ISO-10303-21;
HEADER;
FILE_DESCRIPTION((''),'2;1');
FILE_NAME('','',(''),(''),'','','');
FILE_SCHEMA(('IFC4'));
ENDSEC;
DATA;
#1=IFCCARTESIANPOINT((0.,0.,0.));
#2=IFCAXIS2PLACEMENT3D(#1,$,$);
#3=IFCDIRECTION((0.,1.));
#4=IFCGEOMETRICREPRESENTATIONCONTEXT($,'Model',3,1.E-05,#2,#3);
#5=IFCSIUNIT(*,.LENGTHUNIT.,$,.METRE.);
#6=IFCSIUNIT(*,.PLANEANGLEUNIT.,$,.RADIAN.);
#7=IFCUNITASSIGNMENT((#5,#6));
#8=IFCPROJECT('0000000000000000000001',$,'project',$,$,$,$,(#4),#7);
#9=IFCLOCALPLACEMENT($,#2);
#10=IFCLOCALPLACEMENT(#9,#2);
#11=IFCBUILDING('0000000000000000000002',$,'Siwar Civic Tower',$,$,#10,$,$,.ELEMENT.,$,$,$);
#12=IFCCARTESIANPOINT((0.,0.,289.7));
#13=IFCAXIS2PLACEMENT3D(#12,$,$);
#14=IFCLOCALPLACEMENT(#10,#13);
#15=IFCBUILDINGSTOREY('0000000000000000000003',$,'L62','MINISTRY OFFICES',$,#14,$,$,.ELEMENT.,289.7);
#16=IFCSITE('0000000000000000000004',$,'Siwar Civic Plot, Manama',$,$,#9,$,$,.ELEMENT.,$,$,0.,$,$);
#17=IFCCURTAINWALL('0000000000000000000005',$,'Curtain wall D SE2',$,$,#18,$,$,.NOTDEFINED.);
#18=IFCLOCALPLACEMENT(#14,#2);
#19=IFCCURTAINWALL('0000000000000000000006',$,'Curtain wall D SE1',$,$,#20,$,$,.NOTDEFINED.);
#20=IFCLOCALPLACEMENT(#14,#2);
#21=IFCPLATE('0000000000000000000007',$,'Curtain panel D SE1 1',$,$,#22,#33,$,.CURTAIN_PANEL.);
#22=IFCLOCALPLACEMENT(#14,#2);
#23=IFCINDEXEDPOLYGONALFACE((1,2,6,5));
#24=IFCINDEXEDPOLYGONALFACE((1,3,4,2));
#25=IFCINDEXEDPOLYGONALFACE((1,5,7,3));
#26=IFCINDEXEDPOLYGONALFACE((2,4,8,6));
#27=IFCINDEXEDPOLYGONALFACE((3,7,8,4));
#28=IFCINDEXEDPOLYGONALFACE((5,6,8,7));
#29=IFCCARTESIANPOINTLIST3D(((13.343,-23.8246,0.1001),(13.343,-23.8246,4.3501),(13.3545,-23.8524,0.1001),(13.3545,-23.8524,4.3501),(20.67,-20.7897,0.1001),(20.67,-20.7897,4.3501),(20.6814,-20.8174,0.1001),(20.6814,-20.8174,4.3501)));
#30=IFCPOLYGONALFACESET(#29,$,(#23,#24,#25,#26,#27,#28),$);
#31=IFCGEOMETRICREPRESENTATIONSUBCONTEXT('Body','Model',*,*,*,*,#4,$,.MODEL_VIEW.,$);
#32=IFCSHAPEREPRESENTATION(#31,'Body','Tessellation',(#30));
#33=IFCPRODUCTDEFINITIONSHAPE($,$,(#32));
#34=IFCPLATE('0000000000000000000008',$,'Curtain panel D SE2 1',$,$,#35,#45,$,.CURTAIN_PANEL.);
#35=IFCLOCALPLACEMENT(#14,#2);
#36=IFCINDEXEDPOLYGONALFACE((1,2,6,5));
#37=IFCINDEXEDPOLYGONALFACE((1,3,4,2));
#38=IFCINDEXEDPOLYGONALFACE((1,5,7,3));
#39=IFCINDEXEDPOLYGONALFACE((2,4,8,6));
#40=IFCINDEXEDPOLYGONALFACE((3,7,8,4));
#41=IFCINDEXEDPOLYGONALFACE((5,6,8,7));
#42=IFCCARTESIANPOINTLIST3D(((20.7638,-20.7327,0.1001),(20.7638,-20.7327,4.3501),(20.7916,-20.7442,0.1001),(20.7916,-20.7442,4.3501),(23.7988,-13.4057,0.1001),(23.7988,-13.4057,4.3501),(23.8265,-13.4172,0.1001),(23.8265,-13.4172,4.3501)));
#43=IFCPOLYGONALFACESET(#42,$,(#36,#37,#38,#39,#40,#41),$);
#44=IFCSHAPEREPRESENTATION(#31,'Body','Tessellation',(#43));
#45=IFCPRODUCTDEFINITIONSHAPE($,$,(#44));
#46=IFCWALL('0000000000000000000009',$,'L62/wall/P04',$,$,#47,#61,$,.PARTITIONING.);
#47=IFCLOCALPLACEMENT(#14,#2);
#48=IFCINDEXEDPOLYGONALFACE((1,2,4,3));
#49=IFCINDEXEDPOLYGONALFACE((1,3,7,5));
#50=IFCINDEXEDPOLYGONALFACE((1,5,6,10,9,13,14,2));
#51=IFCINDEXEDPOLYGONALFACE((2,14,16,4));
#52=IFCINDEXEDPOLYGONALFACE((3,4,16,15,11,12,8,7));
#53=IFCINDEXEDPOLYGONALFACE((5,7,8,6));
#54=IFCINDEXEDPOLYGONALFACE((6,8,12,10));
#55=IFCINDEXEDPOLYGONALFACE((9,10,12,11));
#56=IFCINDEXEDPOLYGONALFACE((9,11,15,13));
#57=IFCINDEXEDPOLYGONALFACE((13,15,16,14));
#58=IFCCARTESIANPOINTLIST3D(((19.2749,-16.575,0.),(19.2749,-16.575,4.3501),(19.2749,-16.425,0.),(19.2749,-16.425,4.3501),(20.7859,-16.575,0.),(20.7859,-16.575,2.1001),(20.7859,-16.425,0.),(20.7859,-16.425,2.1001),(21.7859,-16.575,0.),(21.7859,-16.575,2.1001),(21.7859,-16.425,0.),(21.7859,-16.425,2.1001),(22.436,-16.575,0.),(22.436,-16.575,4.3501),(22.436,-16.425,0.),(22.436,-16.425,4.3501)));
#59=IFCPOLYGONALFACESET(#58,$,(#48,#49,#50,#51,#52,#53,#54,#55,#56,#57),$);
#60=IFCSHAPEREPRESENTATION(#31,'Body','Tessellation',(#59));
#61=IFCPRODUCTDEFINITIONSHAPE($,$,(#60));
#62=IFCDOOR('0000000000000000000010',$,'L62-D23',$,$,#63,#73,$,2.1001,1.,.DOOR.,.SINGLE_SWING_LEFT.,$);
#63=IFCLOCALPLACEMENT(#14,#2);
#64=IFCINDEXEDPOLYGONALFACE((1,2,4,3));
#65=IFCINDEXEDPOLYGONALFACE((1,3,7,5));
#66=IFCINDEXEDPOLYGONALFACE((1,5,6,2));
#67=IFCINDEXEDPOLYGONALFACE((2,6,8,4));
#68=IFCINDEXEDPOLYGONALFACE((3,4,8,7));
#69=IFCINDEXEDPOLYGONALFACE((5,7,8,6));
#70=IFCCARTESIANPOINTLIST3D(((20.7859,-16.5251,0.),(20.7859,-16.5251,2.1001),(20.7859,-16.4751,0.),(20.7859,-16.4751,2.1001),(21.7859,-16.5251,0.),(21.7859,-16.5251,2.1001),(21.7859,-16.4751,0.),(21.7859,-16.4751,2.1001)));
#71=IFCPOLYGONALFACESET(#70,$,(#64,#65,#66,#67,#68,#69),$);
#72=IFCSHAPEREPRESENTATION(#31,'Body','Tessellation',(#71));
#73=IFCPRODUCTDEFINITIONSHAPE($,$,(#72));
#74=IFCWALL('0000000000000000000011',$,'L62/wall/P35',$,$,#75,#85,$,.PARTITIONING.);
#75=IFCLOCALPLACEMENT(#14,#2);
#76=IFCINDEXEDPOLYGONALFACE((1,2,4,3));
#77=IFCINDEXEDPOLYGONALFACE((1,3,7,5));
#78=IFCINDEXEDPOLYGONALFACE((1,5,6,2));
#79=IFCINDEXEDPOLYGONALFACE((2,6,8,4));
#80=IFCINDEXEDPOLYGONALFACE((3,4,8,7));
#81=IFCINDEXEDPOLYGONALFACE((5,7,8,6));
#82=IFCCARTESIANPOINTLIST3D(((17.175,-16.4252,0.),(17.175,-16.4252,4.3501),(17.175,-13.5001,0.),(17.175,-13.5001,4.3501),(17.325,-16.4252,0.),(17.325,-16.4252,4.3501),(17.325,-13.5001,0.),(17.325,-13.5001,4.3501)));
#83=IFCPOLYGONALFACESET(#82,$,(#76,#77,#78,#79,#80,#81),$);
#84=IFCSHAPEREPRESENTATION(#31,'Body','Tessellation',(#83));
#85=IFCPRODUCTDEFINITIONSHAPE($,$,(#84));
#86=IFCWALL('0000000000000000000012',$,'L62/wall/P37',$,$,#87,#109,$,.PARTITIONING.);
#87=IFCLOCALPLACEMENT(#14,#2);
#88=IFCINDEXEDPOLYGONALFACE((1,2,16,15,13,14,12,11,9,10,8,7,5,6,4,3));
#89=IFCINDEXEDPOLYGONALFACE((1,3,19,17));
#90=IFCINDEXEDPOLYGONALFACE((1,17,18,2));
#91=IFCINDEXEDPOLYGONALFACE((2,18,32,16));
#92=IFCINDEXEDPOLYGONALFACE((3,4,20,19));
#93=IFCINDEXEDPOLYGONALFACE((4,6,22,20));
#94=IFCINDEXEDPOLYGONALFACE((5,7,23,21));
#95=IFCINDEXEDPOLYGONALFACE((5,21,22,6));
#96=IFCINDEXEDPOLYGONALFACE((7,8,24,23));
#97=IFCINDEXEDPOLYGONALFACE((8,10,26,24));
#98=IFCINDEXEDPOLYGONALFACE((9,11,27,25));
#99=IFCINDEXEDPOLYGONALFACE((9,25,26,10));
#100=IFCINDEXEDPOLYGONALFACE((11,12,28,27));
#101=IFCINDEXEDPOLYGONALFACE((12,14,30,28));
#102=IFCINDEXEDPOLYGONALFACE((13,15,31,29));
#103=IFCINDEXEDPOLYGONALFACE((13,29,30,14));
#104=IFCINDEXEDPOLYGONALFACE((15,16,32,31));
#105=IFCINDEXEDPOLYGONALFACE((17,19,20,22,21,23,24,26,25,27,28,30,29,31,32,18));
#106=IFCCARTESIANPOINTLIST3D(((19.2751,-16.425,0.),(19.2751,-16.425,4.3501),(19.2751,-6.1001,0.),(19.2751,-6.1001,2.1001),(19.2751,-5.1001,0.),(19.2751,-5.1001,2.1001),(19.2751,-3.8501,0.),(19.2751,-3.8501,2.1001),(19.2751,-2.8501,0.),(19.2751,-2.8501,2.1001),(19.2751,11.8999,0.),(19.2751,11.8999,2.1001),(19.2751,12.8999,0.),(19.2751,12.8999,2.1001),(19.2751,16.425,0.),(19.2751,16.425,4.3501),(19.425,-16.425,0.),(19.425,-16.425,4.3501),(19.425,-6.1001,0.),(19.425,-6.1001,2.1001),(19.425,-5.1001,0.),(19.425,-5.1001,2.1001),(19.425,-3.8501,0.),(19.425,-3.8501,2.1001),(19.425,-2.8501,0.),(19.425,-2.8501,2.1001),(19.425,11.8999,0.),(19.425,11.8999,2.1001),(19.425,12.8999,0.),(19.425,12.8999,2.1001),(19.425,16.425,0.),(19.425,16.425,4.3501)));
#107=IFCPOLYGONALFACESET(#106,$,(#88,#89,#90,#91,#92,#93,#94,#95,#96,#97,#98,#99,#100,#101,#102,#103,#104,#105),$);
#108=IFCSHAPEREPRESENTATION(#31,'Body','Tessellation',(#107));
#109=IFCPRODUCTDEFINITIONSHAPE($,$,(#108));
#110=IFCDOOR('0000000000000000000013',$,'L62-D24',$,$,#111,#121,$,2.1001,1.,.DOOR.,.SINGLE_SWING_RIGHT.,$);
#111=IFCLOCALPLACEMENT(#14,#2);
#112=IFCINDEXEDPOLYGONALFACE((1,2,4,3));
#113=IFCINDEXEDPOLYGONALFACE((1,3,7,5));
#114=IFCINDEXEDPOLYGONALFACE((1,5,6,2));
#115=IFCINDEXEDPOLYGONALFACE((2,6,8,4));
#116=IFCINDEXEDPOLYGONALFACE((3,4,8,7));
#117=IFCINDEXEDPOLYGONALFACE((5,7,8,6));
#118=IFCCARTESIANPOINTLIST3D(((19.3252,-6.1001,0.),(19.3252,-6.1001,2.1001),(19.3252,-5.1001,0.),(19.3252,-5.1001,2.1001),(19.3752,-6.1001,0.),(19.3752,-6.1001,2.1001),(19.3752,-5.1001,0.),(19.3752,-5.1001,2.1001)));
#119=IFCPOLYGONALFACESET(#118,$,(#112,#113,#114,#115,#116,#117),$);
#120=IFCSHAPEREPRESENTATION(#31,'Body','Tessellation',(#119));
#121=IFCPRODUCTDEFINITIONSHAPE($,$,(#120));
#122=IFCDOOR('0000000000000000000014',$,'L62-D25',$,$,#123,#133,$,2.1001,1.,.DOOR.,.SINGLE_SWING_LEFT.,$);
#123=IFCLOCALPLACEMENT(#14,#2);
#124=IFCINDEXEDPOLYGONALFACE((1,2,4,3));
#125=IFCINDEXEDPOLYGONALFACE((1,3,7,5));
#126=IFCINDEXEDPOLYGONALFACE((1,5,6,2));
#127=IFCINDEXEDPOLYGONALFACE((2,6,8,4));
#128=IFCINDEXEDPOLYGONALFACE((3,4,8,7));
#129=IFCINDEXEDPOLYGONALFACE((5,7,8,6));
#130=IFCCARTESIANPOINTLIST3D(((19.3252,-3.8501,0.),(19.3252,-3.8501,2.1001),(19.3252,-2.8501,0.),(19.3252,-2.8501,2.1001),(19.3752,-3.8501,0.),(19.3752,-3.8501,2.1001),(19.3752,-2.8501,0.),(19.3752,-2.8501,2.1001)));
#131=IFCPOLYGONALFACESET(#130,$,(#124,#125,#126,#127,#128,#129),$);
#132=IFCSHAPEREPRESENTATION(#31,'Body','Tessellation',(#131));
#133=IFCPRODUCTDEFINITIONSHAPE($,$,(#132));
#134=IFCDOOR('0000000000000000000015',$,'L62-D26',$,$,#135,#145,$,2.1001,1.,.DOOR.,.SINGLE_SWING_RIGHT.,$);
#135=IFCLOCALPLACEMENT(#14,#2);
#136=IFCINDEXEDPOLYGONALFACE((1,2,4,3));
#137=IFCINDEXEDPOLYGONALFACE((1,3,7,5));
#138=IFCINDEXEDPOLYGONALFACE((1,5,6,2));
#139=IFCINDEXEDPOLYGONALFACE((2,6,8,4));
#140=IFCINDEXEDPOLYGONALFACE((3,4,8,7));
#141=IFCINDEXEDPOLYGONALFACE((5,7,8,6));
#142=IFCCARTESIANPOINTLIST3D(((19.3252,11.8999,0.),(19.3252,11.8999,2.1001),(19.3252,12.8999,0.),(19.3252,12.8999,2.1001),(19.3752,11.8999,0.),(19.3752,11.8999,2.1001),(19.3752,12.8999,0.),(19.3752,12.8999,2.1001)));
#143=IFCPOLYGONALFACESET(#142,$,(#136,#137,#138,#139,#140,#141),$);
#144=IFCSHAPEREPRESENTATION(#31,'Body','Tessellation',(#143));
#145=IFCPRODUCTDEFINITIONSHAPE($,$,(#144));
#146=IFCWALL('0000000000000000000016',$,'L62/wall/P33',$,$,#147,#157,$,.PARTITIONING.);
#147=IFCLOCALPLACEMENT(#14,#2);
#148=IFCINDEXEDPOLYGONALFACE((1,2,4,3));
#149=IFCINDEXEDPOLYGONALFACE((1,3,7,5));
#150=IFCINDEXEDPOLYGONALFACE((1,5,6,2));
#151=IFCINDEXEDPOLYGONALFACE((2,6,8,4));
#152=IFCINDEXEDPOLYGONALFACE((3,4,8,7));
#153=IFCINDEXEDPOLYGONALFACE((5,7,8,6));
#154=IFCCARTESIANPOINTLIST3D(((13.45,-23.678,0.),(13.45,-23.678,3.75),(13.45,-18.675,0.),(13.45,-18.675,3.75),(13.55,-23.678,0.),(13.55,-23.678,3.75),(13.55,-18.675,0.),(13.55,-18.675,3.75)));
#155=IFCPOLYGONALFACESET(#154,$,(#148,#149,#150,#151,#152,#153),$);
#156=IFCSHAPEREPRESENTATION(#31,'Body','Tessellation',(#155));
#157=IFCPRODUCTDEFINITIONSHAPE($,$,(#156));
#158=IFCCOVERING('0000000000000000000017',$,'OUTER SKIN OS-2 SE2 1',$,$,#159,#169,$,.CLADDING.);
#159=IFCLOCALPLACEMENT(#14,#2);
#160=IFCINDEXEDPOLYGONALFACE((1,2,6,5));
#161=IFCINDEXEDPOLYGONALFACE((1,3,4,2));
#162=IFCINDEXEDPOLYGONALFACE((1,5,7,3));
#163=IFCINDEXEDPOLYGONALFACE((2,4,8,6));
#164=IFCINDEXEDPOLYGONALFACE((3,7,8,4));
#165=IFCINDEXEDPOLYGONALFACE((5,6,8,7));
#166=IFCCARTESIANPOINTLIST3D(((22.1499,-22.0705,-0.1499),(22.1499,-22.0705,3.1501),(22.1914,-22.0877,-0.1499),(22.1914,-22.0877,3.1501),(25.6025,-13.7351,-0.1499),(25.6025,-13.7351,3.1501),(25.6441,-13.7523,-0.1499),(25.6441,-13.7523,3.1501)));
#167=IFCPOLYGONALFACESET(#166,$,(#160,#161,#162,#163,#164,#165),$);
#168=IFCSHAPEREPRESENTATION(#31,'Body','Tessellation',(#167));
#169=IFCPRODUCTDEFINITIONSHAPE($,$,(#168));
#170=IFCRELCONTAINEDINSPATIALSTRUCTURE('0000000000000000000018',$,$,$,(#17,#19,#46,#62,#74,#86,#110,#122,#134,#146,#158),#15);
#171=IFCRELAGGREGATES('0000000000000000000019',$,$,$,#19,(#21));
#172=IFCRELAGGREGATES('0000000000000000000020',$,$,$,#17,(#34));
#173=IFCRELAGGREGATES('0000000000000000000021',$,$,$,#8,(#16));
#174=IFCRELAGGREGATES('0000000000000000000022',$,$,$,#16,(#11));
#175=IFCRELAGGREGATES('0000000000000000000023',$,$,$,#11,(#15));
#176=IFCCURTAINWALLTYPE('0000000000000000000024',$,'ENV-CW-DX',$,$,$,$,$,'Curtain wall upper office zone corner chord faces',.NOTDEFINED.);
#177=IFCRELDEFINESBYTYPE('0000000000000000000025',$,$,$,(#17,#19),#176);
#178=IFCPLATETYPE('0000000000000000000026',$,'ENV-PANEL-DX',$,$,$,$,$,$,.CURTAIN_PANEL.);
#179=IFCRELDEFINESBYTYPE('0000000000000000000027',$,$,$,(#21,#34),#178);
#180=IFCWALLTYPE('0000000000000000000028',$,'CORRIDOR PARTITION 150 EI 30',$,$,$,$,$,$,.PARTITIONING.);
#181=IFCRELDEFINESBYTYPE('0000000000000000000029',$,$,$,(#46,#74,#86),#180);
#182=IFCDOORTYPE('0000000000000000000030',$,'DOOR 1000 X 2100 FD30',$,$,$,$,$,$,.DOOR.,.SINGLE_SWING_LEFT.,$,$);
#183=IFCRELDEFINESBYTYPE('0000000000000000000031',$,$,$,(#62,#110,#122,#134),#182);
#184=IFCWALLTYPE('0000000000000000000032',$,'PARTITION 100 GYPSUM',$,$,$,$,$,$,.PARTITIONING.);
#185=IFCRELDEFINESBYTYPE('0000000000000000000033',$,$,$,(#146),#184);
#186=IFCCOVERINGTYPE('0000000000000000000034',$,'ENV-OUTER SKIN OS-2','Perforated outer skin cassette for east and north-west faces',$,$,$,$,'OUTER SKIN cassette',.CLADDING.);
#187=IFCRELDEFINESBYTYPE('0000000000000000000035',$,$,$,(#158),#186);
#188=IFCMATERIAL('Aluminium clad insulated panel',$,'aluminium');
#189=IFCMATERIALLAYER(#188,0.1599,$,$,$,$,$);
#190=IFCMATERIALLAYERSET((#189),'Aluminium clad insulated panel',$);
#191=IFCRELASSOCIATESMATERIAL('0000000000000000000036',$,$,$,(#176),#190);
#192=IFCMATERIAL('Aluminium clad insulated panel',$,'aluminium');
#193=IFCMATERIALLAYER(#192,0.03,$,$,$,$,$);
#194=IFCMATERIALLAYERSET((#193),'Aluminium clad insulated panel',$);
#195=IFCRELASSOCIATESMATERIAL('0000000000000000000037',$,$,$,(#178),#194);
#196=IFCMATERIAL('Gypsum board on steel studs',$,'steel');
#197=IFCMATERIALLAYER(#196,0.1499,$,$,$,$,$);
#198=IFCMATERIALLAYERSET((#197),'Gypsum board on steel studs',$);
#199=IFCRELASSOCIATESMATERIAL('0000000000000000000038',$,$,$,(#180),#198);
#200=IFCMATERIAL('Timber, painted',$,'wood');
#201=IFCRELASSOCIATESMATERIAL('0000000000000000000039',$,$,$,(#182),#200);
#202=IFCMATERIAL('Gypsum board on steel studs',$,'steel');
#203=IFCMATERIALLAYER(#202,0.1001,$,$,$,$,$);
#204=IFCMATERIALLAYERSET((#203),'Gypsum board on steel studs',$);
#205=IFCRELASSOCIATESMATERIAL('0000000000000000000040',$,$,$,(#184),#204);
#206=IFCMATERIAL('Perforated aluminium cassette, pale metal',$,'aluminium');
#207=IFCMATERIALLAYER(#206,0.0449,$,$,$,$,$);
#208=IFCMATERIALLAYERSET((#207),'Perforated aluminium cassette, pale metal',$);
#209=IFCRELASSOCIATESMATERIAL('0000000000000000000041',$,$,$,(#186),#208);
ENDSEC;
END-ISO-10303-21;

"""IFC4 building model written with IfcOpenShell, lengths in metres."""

from ifc_helpers import new_model, si_unit, direction, frame, frame_2d, origin, origin_2d, place, context, subcontext, project, spatial, rectangle, extrude, material, layer, layer_set, type_object, element, fill, aggregate, save


model = new_model("IFC4")

# Units and contexts
model_context = context("Model", 3, precision=1e-05, world=origin(), true_north=direction((0.0, 1.0)))
body_context = subcontext(model_context, "Body", "Model", "MODEL_VIEW")
ifc_project = project(units=[si_unit("LENGTHUNIT", "METRE"), si_unit("PLANEANGLEUNIT", "RADIAN")], contexts=[model_context])

# Site, building, storey
site_placement = place(None, origin())
site = spatial("IfcSite", under=ifc_project, at=site_placement, Name="Siwar Civic Plot, Manama", CompositionType="ELEMENT", RefElevation=0.0)
building_placement = place(site_placement, origin())
building = spatial("IfcBuilding", under=site, at=building_placement, Name="Siwar Civic Tower", CompositionType="ELEMENT")
storey_placement = place(building_placement, frame((0.0, 0.0, 289.7)))
storey = spatial("IfcBuildingStorey", under=building, at=storey_placement, Name="L62", Description="MINISTRY OFFICES", CompositionType="ELEMENT", Elevation=289.7)

# Curtain wall
ifc_material_1 = material(Name="Aluminium clad insulated panel", Category="aluminium")
ifc_layer_1 = layer(ifc_material_1, 0.1599)
ifc_layer_set_1 = layer_set([ifc_layer_1], Name="Aluminium clad insulated panel")
curtain_wall_type = type_object("IfcCurtainWallType", Name="ENV-CW-DX", ElementType="Curtain wall upper office zone corner chord faces", PredefinedType="NOTDEFINED", material=ifc_layer_set_1)
curtain_wall_1_placement = place(storey_placement, origin())
curtain_wall_1 = element("IfcCurtainWall", 1, at=curtain_wall_1_placement, inside=storey, type_object=curtain_wall_type, Name="Curtain wall D SE2", PredefinedType="NOTDEFINED")

# Curtain wall, plate
curtain_wall_2_placement = place(storey_placement, origin())
curtain_wall_2 = element("IfcCurtainWall", 2, at=curtain_wall_2_placement, inside=storey, type_object=curtain_wall_type, Name="Curtain wall D SE1", PredefinedType="NOTDEFINED")
ifc_material_2 = material(Name="Aluminium clad insulated panel", Category="aluminium")
ifc_layer_2 = layer(ifc_material_2, 0.03)
ifc_layer_set_2 = layer_set([ifc_layer_2], Name="Aluminium clad insulated panel")
plate_type = type_object("IfcPlateType", Name="ENV-PANEL-DX", PredefinedType="CURTAIN_PANEL", material=ifc_layer_set_2)
plate_1_placement = place(storey_placement, frame((17.0122, -22.321, 0.1001), z_axis=(0.0, 0.0, 1.0), x_axis=(0.92388, 0.382683, 0.0)))
plate_1 = element("IfcPlate", 3, at=plate_1_placement, type_object=plate_type, Name="Curtain panel D SE1 1", PredefinedType="CURTAIN_PANEL", context=body_context, shape_type="SweptSolid", body=[
    extrude(rectangle(XDim=7.9307, YDim=0.03, at=origin_2d()), origin(), (0.0, 0.0, 1.0), 4.25),
])
aggregate(curtain_wall_2, [plate_1])

# Plate
plate_2_placement = place(storey_placement, frame((22.2952, -17.075, 0.1001), z_axis=(0.0, 0.0, 1.0), x_axis=(0.382683, 0.92388, 0.0)))
plate_2 = element("IfcPlate", 4, at=plate_2_placement, type_object=plate_type, Name="Curtain panel D SE2 1", PredefinedType="CURTAIN_PANEL", context=body_context, shape_type="SweptSolid", body=[
    extrude(rectangle(XDim=7.9307, YDim=0.03, at=origin_2d()), origin(), (0.0, 0.0, 1.0), 4.25),
])
aggregate(curtain_wall_1, [plate_2])

# Wall, opening, door
ifc_material_3 = material(Name="Gypsum board on steel studs", Category="steel")
ifc_layer_3 = layer(ifc_material_3, 0.1499)
ifc_layer_set_3 = layer_set([ifc_layer_3], Name="Gypsum board on steel studs")
wall_type_1 = type_object("IfcWallType", Name="CORRIDOR PARTITION 150 EI 30", PredefinedType="PARTITIONING", material=ifc_layer_set_3)
wall_1_placement = place(storey_placement, frame((19.2749, -16.5, 0.0), z_axis=(0.0, 0.0, 1.0), x_axis=(1.0, 0.0, 0.0)))
wall_1 = element("IfcWall", 5, at=wall_1_placement, inside=storey, type_object=wall_type_1, Name="L62/wall/P04", PredefinedType="PARTITIONING", context=body_context, shape_type="SweptSolid", body=[
    extrude(rectangle(XDim=3.1611, YDim=0.1499, at=frame_2d((1.5806, 0.0))), origin(), (0.0, 0.0, 1.0), 4.3501),
])
opening_1_placement = place(wall_1_placement, frame((1.511, 0.0, 0.0)))
opening_1 = element("IfcOpeningElement", 6, at=opening_1_placement, cuts=wall_1, PredefinedType="OPENING", context=body_context, shape_type="SweptSolid", body=[
    extrude(rectangle(XDim=1.0, YDim=2.1001, at=frame_2d((0.5, 1.05))), frame((0.0, 0.085, 0.0), z_axis=(0.0, -1.0, 0.0), x_axis=(1.0, 0.0, 0.0)), (0.0, 0.0, 1.0), 0.1699),
])
ifc_material_4 = material(Name="Timber, painted", Category="wood")
door_type = type_object("IfcDoorType", Name="DOOR 1000 X 2100 FD30", OperationType="SINGLE_SWING_LEFT", PredefinedType="DOOR", material=ifc_material_4)
door_1_placement = place(opening_1_placement, origin())
door_1 = element("IfcDoor", 7, at=door_1_placement, inside=storey, type_object=door_type, Name="L62-D23", OperationType="SINGLE_SWING_LEFT", OverallHeight=2.1001, OverallWidth=1.0, PredefinedType="DOOR", context=body_context, shape_type="SweptSolid", body=[
    extrude(rectangle(XDim=1.0, YDim=2.1001, at=frame_2d((0.5, 1.05))), frame((0.0, 0.0249, 0.0), z_axis=(0.0, -1.0, 0.0), x_axis=(1.0, 0.0, 0.0)), (0.0, 0.0, 1.0), 0.05),
])
fill(opening_1, door_1)

# Wall
wall_2_placement = place(storey_placement, frame((17.25, -16.425, 0.0), z_axis=(0.0, 0.0, 1.0), x_axis=(0.0, 1.0, 0.0)))
element("IfcWall", 8, at=wall_2_placement, inside=storey, type_object=wall_type_1, Name="L62/wall/P35", PredefinedType="PARTITIONING", context=body_context, shape_type="SweptSolid", body=[
    extrude(rectangle(XDim=2.925, YDim=0.1499, at=frame_2d((1.4624, 0.0))), origin(), (0.0, 0.0, 1.0), 4.3501),
])

# Wall, openings, doors
wall_3_placement = place(storey_placement, frame((19.3501, -16.425, 0.0), z_axis=(0.0, 0.0, 1.0), x_axis=(0.0, 1.0, 0.0)))
wall_3 = element("IfcWall", 9, at=wall_3_placement, inside=storey, type_object=wall_type_1, Name="L62/wall/P37", PredefinedType="PARTITIONING", context=body_context, shape_type="SweptSolid", body=[
    extrude(rectangle(XDim=32.8501, YDim=0.1499, at=frame_2d((16.425, 0.0))), origin(), (0.0, 0.0, 1.0), 4.3501),
])
opening_2_placement = place(wall_3_placement, frame((10.325, 0.0, 0.0)))
opening_2 = element("IfcOpeningElement", 10, at=opening_2_placement, cuts=wall_3, PredefinedType="OPENING", context=body_context, shape_type="SweptSolid", body=[
    extrude(rectangle(XDim=1.0, YDim=2.1001, at=frame_2d((0.5, 1.05))), frame((0.0, 0.085, 0.0), z_axis=(0.0, -1.0, 0.0), x_axis=(1.0, 0.0, 0.0)), (0.0, 0.0, 1.0), 0.1699),
])
opening_3_placement = place(wall_3_placement, frame((12.575, 0.0, 0.0)))
opening_3 = element("IfcOpeningElement", 11, at=opening_3_placement, cuts=wall_3, PredefinedType="OPENING", context=body_context, shape_type="SweptSolid", body=[
    extrude(rectangle(XDim=1.0, YDim=2.1001, at=frame_2d((0.5, 1.05))), frame((0.0, 0.085, 0.0), z_axis=(0.0, -1.0, 0.0), x_axis=(1.0, 0.0, 0.0)), (0.0, 0.0, 1.0), 0.1699),
])
opening_4_placement = place(wall_3_placement, frame((28.325, 0.0, 0.0)))
opening_4 = element("IfcOpeningElement", 12, at=opening_4_placement, cuts=wall_3, PredefinedType="OPENING", context=body_context, shape_type="SweptSolid", body=[
    extrude(rectangle(XDim=1.0, YDim=2.1001, at=frame_2d((0.5, 1.05))), frame((0.0, 0.085, 0.0), z_axis=(0.0, -1.0, 0.0), x_axis=(1.0, 0.0, 0.0)), (0.0, 0.0, 1.0), 0.1699),
])
door_2_placement = place(opening_2_placement, origin())
door_2 = element("IfcDoor", 13, at=door_2_placement, inside=storey, type_object=door_type, Name="L62-D24", OperationType="SINGLE_SWING_RIGHT", OverallHeight=2.1001, OverallWidth=1.0, PredefinedType="DOOR", context=body_context, shape_type="SweptSolid", body=[
    extrude(rectangle(XDim=1.0, YDim=2.1001, at=frame_2d((0.5, 1.05))), frame((0.0, 0.0249, 0.0), z_axis=(0.0, -1.0, 0.0), x_axis=(1.0, 0.0, 0.0)), (0.0, 0.0, 1.0), 0.05),
])
fill(opening_2, door_2)
door_3_placement = place(opening_3_placement, origin())
door_3 = element("IfcDoor", 14, at=door_3_placement, inside=storey, type_object=door_type, Name="L62-D25", OperationType="SINGLE_SWING_LEFT", OverallHeight=2.1001, OverallWidth=1.0, PredefinedType="DOOR", context=body_context, shape_type="SweptSolid", body=[
    extrude(rectangle(XDim=1.0, YDim=2.1001, at=frame_2d((0.5, 1.05))), frame((0.0, 0.0249, 0.0), z_axis=(0.0, -1.0, 0.0), x_axis=(1.0, 0.0, 0.0)), (0.0, 0.0, 1.0), 0.05),
])
fill(opening_3, door_3)
door_4_placement = place(opening_4_placement, origin())
door_4 = element("IfcDoor", 15, at=door_4_placement, inside=storey, type_object=door_type, Name="L62-D26", OperationType="SINGLE_SWING_RIGHT", OverallHeight=2.1001, OverallWidth=1.0, PredefinedType="DOOR", context=body_context, shape_type="SweptSolid", body=[
    extrude(rectangle(XDim=1.0, YDim=2.1001, at=frame_2d((0.5, 1.05))), frame((0.0, 0.0249, 0.0), z_axis=(0.0, -1.0, 0.0), x_axis=(1.0, 0.0, 0.0)), (0.0, 0.0, 1.0), 0.05),
])
fill(opening_4, door_4)

# Wall
ifc_material_5 = material(Name="Gypsum board on steel studs", Category="steel")
ifc_layer_4 = layer(ifc_material_5, 0.1001)
ifc_layer_set_4 = layer_set([ifc_layer_4], Name="Gypsum board on steel studs")
wall_type_2 = type_object("IfcWallType", Name="PARTITION 100 GYPSUM", PredefinedType="PARTITIONING", material=ifc_layer_set_4)
wall_4_placement = place(storey_placement, frame((13.5, -23.678, 0.0), z_axis=(0.0, 0.0, 1.0), x_axis=(0.0, 1.0, 0.0)))
element("IfcWall", 16, at=wall_4_placement, inside=storey, type_object=wall_type_2, Name="L62/wall/P33", PredefinedType="PARTITIONING", context=body_context, shape_type="SweptSolid", body=[
    extrude(rectangle(XDim=5.0029, YDim=0.1001, at=frame_2d((2.5015, 0.0))), origin(), (0.0, 0.0, 1.0), 3.75),
])

# Covering
ifc_material_6 = material(Name="Perforated aluminium cassette, pale metal", Category="aluminium")
ifc_layer_5 = layer(ifc_material_6, 0.0449)
ifc_layer_set_5 = layer_set([ifc_layer_5], Name="Perforated aluminium cassette, pale metal")
covering_type_1 = type_object("IfcCoveringType", Name="ENV-OUTER SKIN OS-2", Description="Perforated outer skin cassette for east and north-west faces", ElementType="OUTER SKIN cassette", PredefinedType="CLADDING", material=ifc_layer_set_5)
covering_1_placement = place(storey_placement, frame((23.897, -17.9114, -0.1499), z_axis=(0.0, 0.0, 1.0), x_axis=(0.382683, 0.92388, 0.0)))
element("IfcCovering", 17, at=covering_1_placement, inside=storey, type_object=covering_type_1, Name="OUTER SKIN OS-2 SE2 1", PredefinedType="CLADDING", context=body_context, shape_type="SweptSolid", body=[
    extrude(rectangle(XDim=9.0222, YDim=0.0449, at=origin_2d()), origin(), (0.0, 0.0, 1.0), 3.3),
])

save(model, "model.ifc")
